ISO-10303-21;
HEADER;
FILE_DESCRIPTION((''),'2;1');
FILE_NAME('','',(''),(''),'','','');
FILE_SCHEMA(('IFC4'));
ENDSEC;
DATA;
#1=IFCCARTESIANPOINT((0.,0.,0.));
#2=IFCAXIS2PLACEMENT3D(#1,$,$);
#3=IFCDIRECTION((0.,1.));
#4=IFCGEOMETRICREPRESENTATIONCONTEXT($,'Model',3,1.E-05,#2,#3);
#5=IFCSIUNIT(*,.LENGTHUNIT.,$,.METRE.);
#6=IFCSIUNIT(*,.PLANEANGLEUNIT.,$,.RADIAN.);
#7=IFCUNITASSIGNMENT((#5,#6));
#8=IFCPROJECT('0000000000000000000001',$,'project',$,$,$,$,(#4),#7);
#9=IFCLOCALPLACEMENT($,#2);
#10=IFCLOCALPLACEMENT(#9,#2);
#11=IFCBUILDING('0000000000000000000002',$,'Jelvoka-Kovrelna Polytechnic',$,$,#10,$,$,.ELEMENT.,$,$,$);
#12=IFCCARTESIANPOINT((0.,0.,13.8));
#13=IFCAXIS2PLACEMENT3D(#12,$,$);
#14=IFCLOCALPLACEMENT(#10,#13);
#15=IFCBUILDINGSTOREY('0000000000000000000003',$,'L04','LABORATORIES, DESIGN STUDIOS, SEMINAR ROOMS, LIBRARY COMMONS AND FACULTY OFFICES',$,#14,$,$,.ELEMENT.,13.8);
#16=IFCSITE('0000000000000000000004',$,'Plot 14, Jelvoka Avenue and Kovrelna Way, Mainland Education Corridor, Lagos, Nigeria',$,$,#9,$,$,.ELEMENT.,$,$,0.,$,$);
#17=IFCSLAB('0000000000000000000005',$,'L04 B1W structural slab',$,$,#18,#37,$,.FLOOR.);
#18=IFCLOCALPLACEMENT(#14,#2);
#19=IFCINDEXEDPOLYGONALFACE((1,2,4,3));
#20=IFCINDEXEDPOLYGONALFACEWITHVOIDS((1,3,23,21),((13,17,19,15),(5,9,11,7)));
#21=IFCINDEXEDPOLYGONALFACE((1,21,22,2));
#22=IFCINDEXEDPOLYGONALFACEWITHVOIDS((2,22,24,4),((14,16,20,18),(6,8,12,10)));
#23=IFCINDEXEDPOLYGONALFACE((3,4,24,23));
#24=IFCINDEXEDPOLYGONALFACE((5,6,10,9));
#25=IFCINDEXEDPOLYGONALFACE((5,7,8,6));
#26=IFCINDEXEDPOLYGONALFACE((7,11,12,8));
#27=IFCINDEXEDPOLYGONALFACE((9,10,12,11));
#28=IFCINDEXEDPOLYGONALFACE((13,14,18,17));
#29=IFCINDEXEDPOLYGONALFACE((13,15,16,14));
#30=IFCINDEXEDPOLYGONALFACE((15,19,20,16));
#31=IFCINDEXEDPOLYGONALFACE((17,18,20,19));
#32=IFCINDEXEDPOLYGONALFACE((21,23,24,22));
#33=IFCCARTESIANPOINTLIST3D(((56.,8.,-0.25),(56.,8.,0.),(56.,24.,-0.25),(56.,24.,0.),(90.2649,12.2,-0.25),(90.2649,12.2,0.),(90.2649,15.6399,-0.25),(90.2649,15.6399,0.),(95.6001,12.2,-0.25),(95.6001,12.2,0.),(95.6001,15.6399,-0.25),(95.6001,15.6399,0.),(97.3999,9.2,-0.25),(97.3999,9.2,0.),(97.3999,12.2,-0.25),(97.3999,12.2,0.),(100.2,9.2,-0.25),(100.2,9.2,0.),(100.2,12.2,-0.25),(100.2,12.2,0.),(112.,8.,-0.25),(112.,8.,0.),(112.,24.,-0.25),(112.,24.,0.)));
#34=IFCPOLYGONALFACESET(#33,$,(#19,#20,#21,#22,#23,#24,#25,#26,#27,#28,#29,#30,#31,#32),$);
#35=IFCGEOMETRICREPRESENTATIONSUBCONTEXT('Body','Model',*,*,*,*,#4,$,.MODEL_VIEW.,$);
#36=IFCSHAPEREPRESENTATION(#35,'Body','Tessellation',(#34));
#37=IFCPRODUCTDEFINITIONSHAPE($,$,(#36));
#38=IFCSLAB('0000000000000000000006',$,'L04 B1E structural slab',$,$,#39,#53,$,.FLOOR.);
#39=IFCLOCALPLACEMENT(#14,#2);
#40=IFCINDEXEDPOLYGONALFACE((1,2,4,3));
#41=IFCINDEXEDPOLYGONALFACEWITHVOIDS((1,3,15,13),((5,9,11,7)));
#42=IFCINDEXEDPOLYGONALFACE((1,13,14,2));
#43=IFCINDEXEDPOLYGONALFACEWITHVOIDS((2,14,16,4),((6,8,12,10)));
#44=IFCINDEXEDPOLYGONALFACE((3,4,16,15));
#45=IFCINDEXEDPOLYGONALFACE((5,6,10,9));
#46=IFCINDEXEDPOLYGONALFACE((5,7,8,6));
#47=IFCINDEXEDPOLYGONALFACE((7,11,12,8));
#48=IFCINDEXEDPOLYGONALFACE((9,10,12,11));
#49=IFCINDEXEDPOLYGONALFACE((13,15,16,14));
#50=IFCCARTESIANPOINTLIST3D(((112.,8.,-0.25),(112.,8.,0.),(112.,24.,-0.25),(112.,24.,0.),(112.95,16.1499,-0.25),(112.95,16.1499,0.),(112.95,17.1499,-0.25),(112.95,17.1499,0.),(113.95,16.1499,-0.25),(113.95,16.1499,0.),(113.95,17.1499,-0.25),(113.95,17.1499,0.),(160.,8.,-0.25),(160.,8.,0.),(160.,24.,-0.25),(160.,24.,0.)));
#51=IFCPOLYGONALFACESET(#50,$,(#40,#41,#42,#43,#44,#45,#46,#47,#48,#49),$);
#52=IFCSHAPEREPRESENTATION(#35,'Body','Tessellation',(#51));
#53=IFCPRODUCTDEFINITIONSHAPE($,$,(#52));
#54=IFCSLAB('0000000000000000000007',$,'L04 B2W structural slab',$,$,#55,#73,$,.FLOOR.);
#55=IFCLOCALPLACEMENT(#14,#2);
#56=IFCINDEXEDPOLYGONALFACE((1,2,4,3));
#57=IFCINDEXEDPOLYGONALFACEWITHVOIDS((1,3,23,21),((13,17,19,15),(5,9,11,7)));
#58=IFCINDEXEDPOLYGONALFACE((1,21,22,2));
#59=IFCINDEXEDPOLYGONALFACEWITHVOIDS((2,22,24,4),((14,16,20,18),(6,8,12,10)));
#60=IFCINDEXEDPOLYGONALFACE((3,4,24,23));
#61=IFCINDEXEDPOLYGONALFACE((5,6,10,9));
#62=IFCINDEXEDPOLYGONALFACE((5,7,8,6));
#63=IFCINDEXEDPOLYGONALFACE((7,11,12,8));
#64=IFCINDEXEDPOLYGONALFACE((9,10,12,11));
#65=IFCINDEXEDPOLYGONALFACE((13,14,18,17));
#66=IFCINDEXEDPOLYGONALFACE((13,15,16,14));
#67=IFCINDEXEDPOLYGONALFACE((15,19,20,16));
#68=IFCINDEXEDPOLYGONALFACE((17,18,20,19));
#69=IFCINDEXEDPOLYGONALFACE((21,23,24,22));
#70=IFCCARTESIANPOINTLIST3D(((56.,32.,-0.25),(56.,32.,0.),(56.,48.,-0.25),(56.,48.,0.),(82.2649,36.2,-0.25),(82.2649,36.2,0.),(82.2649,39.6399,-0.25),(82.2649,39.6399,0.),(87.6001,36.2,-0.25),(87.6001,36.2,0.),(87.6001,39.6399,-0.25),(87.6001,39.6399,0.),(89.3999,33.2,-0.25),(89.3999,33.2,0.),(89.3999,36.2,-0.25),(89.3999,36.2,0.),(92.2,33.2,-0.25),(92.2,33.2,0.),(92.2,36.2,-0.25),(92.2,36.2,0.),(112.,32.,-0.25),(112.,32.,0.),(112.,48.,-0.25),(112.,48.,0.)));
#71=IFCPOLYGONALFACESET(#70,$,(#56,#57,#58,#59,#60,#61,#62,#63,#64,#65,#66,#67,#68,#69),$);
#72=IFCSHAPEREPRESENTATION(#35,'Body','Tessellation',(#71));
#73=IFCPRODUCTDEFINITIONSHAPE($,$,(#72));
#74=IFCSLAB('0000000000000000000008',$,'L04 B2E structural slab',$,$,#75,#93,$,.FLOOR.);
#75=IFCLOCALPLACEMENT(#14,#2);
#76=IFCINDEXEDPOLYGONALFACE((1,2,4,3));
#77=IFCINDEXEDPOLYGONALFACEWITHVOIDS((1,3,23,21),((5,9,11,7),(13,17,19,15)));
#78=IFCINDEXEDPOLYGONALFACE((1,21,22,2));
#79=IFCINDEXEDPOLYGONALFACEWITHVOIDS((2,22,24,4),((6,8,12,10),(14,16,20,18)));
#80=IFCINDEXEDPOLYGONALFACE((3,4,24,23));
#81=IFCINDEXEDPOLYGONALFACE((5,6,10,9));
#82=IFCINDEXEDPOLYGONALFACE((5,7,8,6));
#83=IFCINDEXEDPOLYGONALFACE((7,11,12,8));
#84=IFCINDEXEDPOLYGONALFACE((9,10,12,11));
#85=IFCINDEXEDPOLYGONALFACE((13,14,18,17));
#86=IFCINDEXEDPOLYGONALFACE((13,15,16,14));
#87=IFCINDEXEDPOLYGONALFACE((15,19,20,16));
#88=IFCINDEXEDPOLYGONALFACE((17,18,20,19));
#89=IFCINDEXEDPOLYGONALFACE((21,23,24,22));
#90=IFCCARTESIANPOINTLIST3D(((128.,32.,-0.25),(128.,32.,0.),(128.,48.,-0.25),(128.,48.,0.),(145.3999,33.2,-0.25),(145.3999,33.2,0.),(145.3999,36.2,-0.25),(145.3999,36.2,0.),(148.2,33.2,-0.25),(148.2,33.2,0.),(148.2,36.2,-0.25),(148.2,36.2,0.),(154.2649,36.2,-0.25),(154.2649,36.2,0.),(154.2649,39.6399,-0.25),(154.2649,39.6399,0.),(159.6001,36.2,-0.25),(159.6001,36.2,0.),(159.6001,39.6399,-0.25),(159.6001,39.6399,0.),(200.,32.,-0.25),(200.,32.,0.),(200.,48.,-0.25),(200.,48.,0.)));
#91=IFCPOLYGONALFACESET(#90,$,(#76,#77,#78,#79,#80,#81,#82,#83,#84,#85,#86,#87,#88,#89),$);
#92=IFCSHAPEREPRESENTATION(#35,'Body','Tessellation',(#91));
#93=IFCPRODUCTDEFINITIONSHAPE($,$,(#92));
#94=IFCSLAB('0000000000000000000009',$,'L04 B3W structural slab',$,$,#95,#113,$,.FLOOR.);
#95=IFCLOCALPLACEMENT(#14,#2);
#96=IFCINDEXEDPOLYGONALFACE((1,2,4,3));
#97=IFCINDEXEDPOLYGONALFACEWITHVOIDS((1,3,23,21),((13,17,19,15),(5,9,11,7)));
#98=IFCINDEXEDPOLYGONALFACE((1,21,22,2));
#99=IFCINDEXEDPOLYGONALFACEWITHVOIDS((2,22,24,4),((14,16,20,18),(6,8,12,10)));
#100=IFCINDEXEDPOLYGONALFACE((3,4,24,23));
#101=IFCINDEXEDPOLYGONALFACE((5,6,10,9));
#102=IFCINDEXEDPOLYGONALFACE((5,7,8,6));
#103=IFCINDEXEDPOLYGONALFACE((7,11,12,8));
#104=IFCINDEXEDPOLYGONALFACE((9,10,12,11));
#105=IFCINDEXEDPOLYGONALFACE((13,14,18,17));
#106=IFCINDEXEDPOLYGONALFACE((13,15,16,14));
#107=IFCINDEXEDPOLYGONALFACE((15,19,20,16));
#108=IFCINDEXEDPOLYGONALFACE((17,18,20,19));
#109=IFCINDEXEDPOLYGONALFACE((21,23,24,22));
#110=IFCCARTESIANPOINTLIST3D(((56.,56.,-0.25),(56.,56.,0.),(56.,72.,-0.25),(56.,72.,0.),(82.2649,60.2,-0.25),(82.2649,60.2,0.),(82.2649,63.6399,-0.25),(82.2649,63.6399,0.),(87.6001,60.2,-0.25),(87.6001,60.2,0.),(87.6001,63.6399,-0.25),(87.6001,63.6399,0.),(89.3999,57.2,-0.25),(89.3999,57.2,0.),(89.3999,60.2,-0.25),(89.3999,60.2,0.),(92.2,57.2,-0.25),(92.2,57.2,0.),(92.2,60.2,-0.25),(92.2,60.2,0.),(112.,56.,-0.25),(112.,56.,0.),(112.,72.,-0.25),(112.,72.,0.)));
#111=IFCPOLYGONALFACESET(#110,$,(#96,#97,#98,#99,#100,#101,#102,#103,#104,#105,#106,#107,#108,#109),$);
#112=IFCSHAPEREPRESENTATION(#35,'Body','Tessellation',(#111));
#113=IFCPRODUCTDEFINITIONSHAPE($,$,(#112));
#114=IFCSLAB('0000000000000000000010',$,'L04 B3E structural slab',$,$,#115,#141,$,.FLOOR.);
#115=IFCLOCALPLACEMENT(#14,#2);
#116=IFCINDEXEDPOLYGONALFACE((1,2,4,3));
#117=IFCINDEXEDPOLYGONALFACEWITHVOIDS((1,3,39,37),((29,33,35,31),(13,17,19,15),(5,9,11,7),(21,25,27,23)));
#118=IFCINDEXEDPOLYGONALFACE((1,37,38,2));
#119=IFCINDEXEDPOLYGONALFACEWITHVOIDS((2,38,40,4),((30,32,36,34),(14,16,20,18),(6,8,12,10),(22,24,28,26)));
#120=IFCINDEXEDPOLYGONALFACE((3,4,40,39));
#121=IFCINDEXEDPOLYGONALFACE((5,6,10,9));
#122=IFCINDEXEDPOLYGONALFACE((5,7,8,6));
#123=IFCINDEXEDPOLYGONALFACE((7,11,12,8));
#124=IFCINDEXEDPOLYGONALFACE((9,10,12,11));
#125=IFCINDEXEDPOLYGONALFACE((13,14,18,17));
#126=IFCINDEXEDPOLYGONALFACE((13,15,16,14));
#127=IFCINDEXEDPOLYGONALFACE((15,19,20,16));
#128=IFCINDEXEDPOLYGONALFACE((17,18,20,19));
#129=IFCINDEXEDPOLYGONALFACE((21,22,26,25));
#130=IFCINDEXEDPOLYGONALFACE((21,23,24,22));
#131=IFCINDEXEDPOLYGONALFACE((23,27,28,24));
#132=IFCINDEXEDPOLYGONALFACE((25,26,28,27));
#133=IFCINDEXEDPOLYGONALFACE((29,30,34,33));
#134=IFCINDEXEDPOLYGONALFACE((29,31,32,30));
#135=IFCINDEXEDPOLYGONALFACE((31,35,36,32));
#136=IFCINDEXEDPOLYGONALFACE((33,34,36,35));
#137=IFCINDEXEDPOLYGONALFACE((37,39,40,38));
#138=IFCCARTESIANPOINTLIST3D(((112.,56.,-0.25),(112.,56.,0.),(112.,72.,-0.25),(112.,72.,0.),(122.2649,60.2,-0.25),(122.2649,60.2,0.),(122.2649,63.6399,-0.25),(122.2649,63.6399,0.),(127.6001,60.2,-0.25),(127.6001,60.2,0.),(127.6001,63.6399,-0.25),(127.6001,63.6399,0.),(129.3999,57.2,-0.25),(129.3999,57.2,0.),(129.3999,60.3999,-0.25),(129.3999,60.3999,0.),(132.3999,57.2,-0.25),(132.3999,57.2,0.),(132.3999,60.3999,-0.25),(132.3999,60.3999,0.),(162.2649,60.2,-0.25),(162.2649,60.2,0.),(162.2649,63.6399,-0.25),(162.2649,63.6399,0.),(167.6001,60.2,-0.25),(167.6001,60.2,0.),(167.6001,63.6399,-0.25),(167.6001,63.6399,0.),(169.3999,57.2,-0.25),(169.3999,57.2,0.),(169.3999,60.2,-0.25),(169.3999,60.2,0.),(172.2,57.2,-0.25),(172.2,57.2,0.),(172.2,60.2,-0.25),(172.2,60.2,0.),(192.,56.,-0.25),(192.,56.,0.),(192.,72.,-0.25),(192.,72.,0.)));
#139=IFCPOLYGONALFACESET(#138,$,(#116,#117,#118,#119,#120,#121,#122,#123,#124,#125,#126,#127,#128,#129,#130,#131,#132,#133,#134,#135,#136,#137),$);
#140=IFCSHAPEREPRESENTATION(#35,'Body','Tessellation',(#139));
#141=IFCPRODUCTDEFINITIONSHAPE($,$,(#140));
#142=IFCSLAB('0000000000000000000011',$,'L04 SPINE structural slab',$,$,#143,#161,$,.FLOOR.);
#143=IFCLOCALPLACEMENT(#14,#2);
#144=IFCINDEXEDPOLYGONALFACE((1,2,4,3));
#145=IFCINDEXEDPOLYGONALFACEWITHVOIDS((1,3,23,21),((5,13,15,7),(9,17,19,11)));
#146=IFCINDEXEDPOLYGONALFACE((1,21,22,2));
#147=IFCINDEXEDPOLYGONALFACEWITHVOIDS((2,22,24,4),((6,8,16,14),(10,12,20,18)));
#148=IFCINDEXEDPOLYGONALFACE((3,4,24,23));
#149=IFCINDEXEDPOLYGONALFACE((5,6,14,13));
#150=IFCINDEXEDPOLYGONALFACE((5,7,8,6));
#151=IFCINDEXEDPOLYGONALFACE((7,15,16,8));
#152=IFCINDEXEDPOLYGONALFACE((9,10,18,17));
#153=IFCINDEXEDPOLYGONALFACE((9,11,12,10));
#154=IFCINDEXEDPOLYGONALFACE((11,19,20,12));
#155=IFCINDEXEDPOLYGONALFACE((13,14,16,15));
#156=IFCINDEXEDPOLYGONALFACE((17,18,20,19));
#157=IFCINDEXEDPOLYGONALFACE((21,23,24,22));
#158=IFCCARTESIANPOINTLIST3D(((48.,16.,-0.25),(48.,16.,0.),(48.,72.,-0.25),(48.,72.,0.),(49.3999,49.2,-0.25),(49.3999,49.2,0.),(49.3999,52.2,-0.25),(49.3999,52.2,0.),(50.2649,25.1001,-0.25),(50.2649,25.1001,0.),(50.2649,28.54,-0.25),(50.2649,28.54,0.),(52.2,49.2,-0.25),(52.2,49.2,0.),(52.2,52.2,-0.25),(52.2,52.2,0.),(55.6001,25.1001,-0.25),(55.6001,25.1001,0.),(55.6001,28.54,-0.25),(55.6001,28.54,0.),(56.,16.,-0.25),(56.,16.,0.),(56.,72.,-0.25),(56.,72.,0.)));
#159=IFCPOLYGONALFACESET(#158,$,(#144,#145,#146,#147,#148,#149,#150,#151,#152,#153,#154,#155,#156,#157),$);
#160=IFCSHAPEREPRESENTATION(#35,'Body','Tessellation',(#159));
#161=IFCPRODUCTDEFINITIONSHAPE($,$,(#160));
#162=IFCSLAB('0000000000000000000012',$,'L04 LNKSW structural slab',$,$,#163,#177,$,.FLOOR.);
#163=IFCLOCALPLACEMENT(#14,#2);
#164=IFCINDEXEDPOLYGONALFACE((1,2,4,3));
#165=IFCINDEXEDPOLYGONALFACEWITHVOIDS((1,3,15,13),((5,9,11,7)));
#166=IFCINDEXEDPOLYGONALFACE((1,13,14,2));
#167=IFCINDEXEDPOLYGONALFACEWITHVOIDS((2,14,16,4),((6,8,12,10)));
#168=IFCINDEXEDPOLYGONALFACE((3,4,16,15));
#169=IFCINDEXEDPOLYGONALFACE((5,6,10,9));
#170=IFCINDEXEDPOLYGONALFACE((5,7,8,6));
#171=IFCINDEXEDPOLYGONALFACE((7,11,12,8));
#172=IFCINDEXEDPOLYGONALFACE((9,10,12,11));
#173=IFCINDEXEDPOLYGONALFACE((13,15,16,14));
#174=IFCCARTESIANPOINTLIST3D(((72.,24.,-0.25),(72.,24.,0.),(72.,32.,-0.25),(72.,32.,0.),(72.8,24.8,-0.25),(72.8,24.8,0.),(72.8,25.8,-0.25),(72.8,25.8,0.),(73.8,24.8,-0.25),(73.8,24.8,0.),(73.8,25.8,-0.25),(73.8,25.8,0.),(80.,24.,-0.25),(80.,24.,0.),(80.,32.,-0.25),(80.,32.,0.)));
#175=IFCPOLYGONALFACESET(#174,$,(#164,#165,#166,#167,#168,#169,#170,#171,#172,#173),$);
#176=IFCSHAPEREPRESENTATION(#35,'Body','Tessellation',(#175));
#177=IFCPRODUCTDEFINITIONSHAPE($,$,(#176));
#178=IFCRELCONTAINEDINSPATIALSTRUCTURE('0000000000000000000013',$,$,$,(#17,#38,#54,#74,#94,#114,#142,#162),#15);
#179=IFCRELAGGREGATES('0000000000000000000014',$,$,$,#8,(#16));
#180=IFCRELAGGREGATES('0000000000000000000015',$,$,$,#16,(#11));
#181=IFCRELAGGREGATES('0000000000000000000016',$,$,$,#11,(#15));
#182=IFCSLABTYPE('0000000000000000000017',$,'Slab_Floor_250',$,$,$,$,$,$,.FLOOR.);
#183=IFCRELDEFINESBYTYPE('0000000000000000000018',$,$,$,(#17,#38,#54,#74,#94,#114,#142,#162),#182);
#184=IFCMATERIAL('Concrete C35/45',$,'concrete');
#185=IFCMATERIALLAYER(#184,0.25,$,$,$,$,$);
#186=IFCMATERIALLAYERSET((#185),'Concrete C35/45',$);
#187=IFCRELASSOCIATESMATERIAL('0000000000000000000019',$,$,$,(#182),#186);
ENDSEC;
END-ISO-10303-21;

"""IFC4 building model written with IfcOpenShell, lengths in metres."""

from ifc_helpers import new_model, si_unit, direction, frame, origin, place, context, subcontext, project, spatial, polyline, outline, extrude, material, layer, layer_set, type_object, element, save


model = new_model("IFC4")

# Units and contexts
model_context = context("Model", 3, precision=1e-05, world=origin(), true_north=direction((0.0, 1.0)))
body_context = subcontext(model_context, "Body", "Model", "MODEL_VIEW")
ifc_project = project(units=[si_unit("LENGTHUNIT", "METRE"), si_unit("PLANEANGLEUNIT", "RADIAN")], contexts=[model_context])

# Site, building, storey
site_placement = place(None, origin())
site = spatial("IfcSite", under=ifc_project, at=site_placement, Name="Plot 14, Jelvoka Avenue and Kovrelna Way, Mainland Education Corridor, Lagos, Nigeria", CompositionType="ELEMENT", RefElevation=0.0)
building_placement = place(site_placement, origin())
building = spatial("IfcBuilding", under=site, at=building_placement, Name="Jelvoka-Kovrelna Polytechnic", CompositionType="ELEMENT")
storey_placement = place(building_placement, frame((0.0, 0.0, 13.8)))
storey = spatial("IfcBuildingStorey", under=building, at=storey_placement, Name="L04", Description="LABORATORIES, DESIGN STUDIOS, SEMINAR ROOMS, LIBRARY COMMONS AND FACULTY OFFICES", CompositionType="ELEMENT", Elevation=13.8)

# Slabs
ifc_material_1 = material(Name="Concrete C35/45", Category="concrete")
ifc_layer_1 = layer(ifc_material_1, 0.25)
ifc_layer_set_1 = layer_set([ifc_layer_1], Name="Concrete C35/45")
slab_type_1 = type_object("IfcSlabType", Name="Slab_Floor_250", PredefinedType="FLOOR", material=ifc_layer_set_1)
slab_1_placement = place(storey_placement, frame((0.0, 0.0, -0.25)))
element("IfcSlab", 1, at=slab_1_placement, inside=storey, type_object=slab_type_1, Name="L04 B1W structural slab", PredefinedType="FLOOR", context=body_context, shape_type="SweptSolid", body=[
    extrude(outline(polyline([(56.0, 8.0), (112.0, 8.0), (112.0, 24.0), (56.0, 24.0), (56.0, 8.0)]), holes=[polyline([(97.3999, 9.2), (100.2, 9.2), (100.2, 12.2), (97.3999, 12.2), (97.3999, 9.2)]), polyline([(90.2649, 12.2), (95.6001, 12.2), (95.6001, 15.6399), (90.2649, 15.6399), (90.2649, 12.2)])]), origin(), (0.0, 0.0, 1.0), 0.25),
])
slab_2_placement = place(storey_placement, frame((0.0, 0.0, -0.25)))
element("IfcSlab", 2, at=slab_2_placement, inside=storey, type_object=slab_type_1, Name="L04 B1E structural slab", PredefinedType="FLOOR", context=body_context, shape_type="SweptSolid", body=[
    extrude(outline(polyline([(112.0, 8.0), (160.0, 8.0), (160.0, 24.0), (112.0, 24.0), (112.0, 8.0)]), holes=[polyline([(112.95, 16.1499), (113.95, 16.1499), (113.95, 17.1499), (112.95, 17.1499), (112.95, 16.1499)])]), origin(), (0.0, 0.0, 1.0), 0.25),
])
slab_3_placement = place(storey_placement, frame((0.0, 0.0, -0.25)))
element("IfcSlab", 3, at=slab_3_placement, inside=storey, type_object=slab_type_1, Name="L04 B2W structural slab", PredefinedType="FLOOR", context=body_context, shape_type="SweptSolid", body=[
    extrude(outline(polyline([(56.0, 32.0), (112.0, 32.0), (112.0, 48.0), (56.0, 48.0), (56.0, 32.0)]), holes=[polyline([(89.3999, 33.2), (92.2, 33.2), (92.2, 36.2), (89.3999, 36.2), (89.3999, 33.2)]), polyline([(82.2649, 36.2), (87.6001, 36.2), (87.6001, 39.6399), (82.2649, 39.6399), (82.2649, 36.2)])]), origin(), (0.0, 0.0, 1.0), 0.25),
])
slab_4_placement = place(storey_placement, frame((0.0, 0.0, -0.25)))
element("IfcSlab", 4, at=slab_4_placement, inside=storey, type_object=slab_type_1, Name="L04 B2E structural slab", PredefinedType="FLOOR", context=body_context, shape_type="SweptSolid", body=[
    extrude(outline(polyline([(128.0, 32.0), (200.0, 32.0), (200.0, 48.0), (128.0, 48.0), (128.0, 32.0)]), holes=[polyline([(145.3999, 33.2), (148.2, 33.2), (148.2, 36.2), (145.3999, 36.2), (145.3999, 33.2)]), polyline([(154.2649, 36.2), (159.6001, 36.2), (159.6001, 39.6399), (154.2649, 39.6399), (154.2649, 36.2)])]), origin(), (0.0, 0.0, 1.0), 0.25),
])
slab_5_placement = place(storey_placement, frame((0.0, 0.0, -0.25)))
element("IfcSlab", 5, at=slab_5_placement, inside=storey, type_object=slab_type_1, Name="L04 B3W structural slab", PredefinedType="FLOOR", context=body_context, shape_type="SweptSolid", body=[
    extrude(outline(polyline([(56.0, 56.0), (112.0, 56.0), (112.0, 72.0), (56.0, 72.0), (56.0, 56.0)]), holes=[polyline([(89.3999, 57.2), (92.2, 57.2), (92.2, 60.2), (89.3999, 60.2), (89.3999, 57.2)]), polyline([(82.2649, 60.2), (87.6001, 60.2), (87.6001, 63.6399), (82.2649, 63.6399), (82.2649, 60.2)])]), origin(), (0.0, 0.0, 1.0), 0.25),
])
slab_6_placement = place(storey_placement, frame((0.0, 0.0, -0.25)))
element("IfcSlab", 6, at=slab_6_placement, inside=storey, type_object=slab_type_1, Name="L04 B3E structural slab", PredefinedType="FLOOR", context=body_context, shape_type="SweptSolid", body=[
    extrude(outline(polyline([(112.0, 56.0), (192.0, 56.0), (192.0, 72.0), (112.0, 72.0), (112.0, 56.0)]), holes=[polyline([(169.3999, 57.2), (172.2, 57.2), (172.2, 60.2), (169.3999, 60.2), (169.3999, 57.2)]), polyline([(129.3999, 57.2), (132.3999, 57.2), (132.3999, 60.3999), (129.3999, 60.3999), (129.3999, 57.2)]), polyline([(162.2649, 60.2), (167.6001, 60.2), (167.6001, 63.6399), (162.2649, 63.6399), (162.2649, 60.2)]), polyline([(122.2649, 60.2), (127.6001, 60.2), (127.6001, 63.6399), (122.2649, 63.6399), (122.2649, 60.2)])]), origin(), (0.0, 0.0, 1.0), 0.25),
])
slab_7_placement = place(storey_placement, frame((0.0, 0.0, -0.25)))
element("IfcSlab", 7, at=slab_7_placement, inside=storey, type_object=slab_type_1, Name="L04 SPINE structural slab", PredefinedType="FLOOR", context=body_context, shape_type="SweptSolid", body=[
    extrude(outline(polyline([(48.0, 16.0), (56.0, 16.0), (56.0, 72.0), (48.0, 72.0), (48.0, 16.0)]), holes=[polyline([(49.3999, 49.2), (52.2, 49.2), (52.2, 52.2), (49.3999, 52.2), (49.3999, 49.2)]), polyline([(50.2649, 25.1001), (55.6001, 25.1001), (55.6001, 28.54), (50.2649, 28.54), (50.2649, 25.1001)])]), origin(), (0.0, 0.0, 1.0), 0.25),
])
slab_8_placement = place(storey_placement, frame((0.0, 0.0, -0.25)))
element("IfcSlab", 8, at=slab_8_placement, inside=storey, type_object=slab_type_1, Name="L04 LNKSW structural slab", PredefinedType="FLOOR", context=body_context, shape_type="SweptSolid", body=[
    extrude(outline(polyline([(72.0, 24.0), (80.0, 24.0), (80.0, 32.0), (72.0, 32.0), (72.0, 24.0)]), holes=[polyline([(72.8, 24.8), (73.8, 24.8), (73.8, 25.8), (72.8, 25.8), (72.8, 24.8)])]), origin(), (0.0, 0.0, 1.0), 0.25),
])

save(model, "model.ifc")
